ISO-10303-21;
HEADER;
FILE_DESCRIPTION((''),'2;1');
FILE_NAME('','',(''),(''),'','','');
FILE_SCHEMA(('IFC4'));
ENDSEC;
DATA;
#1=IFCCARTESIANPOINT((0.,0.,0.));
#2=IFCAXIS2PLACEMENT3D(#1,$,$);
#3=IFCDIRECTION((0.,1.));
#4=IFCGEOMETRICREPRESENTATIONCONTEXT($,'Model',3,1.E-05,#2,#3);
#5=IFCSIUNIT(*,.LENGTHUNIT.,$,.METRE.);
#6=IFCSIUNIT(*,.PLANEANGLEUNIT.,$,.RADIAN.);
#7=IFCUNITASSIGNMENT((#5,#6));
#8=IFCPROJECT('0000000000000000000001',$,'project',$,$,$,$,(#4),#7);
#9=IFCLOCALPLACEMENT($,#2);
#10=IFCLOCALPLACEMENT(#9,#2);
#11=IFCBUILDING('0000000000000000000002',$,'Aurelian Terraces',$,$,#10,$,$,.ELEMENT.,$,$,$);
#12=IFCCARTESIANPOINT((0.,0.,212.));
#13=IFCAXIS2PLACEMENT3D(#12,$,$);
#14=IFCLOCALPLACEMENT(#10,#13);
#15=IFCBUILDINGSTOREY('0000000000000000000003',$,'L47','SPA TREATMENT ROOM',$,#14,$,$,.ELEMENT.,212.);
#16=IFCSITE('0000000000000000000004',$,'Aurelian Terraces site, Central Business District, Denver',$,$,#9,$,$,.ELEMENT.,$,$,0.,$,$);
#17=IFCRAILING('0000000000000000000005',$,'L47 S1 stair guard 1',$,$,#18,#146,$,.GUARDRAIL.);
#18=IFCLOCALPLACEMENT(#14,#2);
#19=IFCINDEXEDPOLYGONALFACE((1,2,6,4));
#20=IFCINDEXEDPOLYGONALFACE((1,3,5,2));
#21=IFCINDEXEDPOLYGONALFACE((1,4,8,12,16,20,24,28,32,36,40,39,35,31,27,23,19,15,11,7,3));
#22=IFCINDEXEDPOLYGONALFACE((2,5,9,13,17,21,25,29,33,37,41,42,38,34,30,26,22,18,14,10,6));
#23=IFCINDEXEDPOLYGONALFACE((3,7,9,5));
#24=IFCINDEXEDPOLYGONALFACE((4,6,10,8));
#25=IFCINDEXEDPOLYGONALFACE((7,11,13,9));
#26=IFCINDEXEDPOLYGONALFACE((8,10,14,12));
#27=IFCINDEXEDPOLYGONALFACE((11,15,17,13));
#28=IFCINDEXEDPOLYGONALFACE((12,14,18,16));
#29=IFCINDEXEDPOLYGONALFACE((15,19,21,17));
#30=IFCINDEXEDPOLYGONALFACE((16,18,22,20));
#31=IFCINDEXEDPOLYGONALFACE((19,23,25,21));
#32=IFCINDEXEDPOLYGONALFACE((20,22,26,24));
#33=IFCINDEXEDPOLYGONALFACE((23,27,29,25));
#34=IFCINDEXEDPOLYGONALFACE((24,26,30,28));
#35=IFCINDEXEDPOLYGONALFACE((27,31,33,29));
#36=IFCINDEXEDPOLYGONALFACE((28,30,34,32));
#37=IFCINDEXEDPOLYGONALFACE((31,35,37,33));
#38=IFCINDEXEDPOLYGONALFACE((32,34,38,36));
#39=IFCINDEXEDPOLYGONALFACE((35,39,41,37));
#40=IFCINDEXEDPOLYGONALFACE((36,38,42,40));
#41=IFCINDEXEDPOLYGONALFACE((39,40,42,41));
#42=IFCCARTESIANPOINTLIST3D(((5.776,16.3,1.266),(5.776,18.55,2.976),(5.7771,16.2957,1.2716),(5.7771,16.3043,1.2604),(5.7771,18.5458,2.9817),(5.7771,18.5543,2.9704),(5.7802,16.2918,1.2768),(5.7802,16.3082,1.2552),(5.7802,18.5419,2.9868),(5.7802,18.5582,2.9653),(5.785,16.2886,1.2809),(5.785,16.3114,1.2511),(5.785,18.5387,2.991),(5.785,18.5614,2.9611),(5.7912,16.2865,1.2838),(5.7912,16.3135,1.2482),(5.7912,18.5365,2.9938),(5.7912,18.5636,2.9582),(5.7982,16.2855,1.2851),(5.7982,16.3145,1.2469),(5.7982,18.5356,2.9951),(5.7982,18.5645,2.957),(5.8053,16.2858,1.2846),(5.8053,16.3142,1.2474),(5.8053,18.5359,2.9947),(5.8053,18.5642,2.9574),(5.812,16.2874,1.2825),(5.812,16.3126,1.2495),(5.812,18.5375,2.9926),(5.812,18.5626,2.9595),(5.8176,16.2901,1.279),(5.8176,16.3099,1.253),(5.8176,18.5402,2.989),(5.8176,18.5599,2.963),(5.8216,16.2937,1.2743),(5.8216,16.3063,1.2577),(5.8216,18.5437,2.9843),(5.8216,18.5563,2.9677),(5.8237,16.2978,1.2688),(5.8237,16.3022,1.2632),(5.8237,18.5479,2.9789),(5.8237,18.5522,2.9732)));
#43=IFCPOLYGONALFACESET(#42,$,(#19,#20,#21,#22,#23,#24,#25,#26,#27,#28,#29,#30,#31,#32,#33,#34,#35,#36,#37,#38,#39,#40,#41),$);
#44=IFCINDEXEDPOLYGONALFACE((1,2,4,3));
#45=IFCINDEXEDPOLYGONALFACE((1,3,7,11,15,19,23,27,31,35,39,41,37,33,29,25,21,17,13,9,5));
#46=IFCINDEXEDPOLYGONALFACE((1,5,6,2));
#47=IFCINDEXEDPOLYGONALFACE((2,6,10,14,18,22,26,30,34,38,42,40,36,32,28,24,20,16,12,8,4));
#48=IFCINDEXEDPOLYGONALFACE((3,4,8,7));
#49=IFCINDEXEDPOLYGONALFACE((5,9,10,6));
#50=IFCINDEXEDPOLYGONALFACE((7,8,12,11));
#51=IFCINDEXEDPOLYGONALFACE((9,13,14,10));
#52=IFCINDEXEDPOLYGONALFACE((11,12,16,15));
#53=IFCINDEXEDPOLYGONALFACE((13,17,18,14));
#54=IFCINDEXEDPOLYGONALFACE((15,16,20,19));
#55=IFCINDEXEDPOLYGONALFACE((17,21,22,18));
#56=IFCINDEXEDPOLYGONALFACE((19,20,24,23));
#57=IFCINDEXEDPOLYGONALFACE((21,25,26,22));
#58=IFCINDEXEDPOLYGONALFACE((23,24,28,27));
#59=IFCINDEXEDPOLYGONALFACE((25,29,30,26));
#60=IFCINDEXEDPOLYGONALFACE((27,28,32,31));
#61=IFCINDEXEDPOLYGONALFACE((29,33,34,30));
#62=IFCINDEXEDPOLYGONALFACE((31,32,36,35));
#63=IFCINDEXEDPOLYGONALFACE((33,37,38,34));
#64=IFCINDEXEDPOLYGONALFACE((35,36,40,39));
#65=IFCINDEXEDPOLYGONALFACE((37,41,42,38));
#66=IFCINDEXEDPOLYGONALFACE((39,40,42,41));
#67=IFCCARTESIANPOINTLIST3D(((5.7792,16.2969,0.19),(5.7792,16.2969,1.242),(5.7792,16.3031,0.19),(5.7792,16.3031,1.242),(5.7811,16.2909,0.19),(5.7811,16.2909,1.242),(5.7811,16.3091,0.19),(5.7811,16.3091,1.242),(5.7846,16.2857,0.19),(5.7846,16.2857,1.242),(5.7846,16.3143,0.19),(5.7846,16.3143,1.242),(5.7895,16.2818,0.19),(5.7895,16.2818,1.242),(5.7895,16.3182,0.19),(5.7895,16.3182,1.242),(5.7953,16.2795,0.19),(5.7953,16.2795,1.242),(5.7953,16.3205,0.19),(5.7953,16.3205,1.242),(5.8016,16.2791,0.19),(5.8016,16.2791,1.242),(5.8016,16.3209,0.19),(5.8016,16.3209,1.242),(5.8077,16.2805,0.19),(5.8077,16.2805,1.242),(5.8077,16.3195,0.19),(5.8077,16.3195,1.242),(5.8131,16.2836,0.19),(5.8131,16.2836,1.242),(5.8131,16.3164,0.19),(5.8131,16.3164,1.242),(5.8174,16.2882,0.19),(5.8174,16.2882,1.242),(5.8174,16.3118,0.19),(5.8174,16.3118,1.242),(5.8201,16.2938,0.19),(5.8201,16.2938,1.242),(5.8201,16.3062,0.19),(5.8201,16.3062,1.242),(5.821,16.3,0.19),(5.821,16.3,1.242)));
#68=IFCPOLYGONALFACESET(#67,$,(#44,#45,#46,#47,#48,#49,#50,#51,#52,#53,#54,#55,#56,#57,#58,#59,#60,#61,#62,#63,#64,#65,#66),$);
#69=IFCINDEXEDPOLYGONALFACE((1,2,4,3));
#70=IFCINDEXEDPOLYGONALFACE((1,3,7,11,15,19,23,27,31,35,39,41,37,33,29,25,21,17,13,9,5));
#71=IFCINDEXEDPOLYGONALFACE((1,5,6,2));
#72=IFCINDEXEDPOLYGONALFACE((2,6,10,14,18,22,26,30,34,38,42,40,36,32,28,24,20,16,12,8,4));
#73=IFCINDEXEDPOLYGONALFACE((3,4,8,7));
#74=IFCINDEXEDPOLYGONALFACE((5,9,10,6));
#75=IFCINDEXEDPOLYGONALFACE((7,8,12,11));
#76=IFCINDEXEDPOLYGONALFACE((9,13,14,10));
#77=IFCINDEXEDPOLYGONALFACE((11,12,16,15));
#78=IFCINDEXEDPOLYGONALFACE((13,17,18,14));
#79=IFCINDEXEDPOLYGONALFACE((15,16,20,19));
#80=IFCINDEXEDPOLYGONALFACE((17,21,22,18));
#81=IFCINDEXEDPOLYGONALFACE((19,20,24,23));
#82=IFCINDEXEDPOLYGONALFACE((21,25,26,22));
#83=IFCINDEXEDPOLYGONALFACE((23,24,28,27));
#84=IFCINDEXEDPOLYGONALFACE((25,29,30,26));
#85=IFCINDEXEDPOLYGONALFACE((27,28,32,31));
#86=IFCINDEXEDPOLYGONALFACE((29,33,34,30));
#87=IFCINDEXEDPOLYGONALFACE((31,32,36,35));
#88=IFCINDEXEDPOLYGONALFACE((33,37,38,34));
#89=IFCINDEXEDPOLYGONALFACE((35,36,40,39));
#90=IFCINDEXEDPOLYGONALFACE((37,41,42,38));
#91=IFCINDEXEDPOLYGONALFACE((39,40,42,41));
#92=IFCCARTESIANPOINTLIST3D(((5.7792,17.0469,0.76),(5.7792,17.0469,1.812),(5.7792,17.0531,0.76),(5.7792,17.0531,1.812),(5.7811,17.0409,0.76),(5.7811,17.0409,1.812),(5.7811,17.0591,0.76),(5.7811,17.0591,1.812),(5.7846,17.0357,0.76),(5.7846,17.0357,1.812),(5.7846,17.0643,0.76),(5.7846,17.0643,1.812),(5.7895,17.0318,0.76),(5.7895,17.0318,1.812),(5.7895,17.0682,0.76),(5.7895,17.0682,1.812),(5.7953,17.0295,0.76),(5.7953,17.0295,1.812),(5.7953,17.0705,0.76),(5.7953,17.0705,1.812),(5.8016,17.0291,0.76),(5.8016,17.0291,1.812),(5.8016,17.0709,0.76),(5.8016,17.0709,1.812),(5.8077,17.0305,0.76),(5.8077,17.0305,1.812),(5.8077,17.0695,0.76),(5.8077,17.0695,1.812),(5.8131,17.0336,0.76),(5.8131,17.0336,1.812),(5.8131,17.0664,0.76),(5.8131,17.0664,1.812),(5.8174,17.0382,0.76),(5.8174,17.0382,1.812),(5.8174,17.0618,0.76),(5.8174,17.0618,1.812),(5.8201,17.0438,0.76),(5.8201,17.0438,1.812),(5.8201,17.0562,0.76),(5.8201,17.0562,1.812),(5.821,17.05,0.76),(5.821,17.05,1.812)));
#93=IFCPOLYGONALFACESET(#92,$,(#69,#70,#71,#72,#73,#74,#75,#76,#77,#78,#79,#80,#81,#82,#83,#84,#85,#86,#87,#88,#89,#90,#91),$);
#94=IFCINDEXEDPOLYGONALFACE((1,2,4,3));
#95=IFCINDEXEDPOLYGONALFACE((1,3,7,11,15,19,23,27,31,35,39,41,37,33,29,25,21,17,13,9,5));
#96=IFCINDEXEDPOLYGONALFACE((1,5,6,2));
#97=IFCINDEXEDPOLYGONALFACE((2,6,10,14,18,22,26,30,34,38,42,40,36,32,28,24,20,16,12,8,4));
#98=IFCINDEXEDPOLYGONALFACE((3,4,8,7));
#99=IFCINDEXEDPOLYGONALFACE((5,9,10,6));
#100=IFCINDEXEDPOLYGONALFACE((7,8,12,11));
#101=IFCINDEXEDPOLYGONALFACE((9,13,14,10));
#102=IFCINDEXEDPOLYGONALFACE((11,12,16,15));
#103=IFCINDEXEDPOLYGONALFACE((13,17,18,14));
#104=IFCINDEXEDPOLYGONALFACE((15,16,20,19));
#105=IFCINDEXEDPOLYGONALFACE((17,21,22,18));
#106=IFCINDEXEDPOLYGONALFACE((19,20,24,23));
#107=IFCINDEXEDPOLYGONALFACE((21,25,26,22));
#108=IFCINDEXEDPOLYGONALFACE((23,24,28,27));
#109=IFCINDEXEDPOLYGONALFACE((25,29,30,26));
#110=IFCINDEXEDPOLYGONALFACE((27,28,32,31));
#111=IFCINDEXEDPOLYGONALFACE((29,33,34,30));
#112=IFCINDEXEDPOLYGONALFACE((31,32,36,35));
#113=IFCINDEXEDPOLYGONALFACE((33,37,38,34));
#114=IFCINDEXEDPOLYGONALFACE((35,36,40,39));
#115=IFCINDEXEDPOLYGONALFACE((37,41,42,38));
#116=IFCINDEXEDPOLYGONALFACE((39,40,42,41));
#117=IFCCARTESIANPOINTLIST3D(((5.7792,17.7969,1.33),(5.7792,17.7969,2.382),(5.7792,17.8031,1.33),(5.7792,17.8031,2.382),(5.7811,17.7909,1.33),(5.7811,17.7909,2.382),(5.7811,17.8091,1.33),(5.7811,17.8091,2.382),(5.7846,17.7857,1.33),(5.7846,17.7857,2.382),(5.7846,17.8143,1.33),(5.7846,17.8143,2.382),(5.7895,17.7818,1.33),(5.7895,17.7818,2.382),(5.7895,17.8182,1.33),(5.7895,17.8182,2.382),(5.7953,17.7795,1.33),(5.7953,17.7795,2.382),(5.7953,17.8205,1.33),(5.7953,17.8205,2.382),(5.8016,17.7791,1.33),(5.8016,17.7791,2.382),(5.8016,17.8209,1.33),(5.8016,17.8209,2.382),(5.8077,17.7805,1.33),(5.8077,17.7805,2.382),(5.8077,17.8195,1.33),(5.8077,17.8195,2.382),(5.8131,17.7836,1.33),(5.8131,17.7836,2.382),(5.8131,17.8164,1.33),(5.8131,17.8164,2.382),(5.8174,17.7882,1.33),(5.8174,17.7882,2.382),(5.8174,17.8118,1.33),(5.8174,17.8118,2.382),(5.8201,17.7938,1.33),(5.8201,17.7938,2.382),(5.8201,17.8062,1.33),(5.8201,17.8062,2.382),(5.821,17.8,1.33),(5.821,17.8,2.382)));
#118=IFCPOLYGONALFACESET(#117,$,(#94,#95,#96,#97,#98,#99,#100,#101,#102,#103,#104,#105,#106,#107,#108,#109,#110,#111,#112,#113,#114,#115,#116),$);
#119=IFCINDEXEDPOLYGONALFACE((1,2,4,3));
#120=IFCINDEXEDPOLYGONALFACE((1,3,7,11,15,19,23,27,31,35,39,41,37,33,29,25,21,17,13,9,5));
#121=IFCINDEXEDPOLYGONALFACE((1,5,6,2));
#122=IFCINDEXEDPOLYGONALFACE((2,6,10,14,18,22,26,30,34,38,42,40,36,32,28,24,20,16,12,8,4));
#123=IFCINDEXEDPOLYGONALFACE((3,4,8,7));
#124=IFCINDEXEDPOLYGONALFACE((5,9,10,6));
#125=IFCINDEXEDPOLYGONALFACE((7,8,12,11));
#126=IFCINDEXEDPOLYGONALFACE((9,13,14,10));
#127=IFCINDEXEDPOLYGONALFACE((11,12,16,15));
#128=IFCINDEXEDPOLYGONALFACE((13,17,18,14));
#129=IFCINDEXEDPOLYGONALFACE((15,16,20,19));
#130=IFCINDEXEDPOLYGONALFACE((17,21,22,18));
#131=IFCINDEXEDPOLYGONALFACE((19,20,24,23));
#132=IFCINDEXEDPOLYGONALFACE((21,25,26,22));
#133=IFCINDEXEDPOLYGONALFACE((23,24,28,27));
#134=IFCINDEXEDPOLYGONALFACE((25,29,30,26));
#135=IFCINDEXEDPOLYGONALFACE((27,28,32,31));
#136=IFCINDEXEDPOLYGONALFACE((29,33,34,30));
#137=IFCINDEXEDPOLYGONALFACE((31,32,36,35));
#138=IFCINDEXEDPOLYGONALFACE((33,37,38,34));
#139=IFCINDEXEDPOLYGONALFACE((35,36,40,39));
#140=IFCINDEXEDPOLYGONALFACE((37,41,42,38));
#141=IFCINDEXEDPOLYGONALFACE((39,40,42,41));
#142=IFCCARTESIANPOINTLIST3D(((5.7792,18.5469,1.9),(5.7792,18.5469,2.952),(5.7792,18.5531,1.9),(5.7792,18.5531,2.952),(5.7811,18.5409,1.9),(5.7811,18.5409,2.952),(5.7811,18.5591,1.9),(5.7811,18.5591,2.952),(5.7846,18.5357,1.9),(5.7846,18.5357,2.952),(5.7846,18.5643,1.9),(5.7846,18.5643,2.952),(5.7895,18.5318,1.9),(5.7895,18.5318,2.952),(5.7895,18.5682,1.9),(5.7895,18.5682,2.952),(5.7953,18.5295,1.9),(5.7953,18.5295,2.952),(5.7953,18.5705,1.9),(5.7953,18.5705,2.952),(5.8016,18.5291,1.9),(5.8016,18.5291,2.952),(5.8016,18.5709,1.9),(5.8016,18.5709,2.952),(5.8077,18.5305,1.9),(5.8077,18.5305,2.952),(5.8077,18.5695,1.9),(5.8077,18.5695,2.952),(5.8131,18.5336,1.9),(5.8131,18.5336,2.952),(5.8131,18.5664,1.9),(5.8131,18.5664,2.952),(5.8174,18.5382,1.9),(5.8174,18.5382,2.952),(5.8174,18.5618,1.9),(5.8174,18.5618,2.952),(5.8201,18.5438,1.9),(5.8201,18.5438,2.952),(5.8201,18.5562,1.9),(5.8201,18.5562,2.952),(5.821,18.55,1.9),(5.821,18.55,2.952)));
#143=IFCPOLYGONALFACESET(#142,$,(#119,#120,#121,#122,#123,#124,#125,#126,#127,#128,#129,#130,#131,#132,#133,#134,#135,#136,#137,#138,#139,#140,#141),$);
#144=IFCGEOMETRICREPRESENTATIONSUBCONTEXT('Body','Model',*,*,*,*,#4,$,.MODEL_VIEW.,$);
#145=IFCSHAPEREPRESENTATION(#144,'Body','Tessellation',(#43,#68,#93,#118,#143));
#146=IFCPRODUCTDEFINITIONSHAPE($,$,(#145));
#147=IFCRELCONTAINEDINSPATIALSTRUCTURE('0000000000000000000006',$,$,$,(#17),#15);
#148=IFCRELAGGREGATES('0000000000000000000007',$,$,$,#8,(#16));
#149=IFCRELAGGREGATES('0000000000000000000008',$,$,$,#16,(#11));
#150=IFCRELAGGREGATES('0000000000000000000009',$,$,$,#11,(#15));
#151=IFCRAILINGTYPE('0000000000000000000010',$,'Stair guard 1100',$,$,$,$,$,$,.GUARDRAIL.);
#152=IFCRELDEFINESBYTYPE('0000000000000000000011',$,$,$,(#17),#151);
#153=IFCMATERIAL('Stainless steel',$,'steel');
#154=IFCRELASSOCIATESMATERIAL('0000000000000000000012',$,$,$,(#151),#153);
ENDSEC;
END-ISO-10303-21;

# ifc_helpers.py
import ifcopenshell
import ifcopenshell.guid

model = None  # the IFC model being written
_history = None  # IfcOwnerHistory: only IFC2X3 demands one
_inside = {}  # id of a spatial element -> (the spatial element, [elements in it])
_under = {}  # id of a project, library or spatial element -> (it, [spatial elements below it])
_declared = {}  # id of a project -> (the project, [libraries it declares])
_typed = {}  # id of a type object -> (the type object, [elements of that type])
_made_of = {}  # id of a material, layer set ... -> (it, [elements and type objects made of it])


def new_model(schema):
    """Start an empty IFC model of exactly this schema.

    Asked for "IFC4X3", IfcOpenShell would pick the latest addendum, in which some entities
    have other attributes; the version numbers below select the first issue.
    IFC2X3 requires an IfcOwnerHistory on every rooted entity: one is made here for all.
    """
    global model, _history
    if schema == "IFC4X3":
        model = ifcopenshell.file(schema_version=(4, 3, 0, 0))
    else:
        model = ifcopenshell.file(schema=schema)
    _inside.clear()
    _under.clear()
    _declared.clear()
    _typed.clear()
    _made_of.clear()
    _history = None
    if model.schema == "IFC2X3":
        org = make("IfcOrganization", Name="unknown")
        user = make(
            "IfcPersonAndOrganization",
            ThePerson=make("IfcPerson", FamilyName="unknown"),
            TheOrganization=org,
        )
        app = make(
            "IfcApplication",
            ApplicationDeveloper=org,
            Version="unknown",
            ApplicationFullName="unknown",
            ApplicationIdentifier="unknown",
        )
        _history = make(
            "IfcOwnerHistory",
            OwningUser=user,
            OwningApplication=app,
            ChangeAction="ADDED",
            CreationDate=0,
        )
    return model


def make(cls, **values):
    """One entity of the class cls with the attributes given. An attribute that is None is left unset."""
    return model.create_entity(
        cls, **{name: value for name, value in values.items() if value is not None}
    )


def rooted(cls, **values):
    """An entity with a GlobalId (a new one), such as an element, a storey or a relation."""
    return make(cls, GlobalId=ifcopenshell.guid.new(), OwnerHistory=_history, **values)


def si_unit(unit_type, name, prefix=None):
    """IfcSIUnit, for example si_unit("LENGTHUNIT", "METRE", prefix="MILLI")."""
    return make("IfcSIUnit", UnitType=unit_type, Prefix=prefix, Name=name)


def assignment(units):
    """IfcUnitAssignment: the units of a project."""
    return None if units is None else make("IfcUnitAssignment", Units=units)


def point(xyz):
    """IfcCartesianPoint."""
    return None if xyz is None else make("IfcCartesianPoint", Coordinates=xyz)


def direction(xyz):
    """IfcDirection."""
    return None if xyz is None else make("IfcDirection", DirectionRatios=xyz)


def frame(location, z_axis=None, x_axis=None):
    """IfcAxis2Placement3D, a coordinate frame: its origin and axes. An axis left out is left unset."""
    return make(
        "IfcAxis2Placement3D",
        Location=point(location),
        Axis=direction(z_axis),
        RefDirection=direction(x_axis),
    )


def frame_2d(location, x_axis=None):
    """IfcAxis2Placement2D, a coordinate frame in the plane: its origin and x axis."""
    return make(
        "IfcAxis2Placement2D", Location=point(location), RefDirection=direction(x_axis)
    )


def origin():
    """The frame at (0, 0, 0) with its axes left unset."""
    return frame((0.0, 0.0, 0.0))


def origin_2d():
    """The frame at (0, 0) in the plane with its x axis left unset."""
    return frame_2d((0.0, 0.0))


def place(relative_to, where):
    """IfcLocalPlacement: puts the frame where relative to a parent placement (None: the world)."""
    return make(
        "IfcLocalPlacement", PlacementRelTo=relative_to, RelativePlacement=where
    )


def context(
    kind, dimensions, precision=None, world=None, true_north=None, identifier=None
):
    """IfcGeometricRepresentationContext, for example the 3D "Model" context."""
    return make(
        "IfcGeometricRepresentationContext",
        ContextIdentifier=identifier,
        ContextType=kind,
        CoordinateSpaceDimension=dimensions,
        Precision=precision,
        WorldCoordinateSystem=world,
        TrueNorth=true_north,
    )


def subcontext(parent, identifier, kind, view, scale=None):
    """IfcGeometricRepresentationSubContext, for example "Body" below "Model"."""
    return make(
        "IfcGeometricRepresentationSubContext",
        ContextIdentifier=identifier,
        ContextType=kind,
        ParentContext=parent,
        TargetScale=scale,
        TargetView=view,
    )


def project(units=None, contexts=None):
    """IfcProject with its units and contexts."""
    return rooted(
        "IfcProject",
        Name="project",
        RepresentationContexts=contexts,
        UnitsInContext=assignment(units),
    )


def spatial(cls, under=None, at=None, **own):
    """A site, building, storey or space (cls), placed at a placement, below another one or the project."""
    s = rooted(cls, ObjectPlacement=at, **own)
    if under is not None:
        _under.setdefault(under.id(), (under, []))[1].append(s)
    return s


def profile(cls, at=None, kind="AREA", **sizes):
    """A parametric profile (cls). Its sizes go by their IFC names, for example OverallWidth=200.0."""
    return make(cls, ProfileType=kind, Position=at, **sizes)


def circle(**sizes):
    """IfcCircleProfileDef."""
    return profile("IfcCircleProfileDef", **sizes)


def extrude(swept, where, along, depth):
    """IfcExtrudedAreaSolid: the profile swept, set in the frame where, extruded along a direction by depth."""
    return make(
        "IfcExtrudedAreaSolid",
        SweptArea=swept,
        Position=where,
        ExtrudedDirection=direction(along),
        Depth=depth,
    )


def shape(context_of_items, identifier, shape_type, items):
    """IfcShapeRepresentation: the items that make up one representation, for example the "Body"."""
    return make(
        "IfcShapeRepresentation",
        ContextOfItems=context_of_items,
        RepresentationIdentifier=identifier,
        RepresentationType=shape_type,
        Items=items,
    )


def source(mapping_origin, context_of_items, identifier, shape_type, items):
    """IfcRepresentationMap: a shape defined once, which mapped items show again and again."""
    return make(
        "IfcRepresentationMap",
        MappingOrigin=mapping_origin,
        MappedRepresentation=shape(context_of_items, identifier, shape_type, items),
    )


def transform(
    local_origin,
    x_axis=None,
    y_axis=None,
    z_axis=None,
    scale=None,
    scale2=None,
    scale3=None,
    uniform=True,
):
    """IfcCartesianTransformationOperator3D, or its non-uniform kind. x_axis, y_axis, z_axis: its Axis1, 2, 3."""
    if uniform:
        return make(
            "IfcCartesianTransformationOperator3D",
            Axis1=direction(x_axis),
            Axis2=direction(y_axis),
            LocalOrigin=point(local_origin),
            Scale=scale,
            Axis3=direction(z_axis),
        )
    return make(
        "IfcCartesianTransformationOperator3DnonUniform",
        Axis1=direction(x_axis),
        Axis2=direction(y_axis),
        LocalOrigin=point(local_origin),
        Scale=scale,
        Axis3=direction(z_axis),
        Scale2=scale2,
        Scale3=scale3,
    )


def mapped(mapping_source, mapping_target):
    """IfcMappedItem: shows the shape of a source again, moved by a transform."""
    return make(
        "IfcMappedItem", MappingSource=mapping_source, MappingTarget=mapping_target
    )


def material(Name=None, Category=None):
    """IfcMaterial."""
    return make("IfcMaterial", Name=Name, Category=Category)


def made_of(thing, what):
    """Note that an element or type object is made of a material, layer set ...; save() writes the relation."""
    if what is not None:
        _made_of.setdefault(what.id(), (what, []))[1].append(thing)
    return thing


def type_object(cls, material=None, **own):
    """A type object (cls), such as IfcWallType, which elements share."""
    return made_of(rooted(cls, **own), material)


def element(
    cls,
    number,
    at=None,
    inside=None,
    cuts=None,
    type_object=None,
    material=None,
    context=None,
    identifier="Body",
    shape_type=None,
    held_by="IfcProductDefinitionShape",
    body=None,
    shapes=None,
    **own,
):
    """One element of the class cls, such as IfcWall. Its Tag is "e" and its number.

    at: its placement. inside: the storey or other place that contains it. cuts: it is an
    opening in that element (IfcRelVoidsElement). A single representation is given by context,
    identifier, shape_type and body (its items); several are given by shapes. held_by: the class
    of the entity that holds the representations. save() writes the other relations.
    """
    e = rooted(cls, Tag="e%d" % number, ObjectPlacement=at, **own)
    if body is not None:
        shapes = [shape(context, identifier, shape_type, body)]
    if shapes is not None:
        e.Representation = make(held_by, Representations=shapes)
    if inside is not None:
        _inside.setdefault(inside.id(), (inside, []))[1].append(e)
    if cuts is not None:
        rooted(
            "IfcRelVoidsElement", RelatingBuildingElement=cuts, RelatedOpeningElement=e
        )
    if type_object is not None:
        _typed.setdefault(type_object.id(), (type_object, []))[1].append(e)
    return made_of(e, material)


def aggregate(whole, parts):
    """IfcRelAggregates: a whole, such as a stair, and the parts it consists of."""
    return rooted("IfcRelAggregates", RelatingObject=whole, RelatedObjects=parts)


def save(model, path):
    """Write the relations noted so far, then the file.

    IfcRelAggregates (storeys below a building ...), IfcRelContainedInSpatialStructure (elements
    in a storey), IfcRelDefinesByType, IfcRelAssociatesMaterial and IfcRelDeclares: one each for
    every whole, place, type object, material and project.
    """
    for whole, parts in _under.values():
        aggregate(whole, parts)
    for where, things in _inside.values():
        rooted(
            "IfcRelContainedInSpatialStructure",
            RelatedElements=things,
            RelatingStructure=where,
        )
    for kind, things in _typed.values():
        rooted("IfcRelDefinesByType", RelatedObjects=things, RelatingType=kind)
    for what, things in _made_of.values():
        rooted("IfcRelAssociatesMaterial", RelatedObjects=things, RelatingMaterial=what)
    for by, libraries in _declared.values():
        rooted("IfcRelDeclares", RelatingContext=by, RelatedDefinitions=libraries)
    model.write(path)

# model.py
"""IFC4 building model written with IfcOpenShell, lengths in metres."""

from ifc_helpers import new_model, si_unit, direction, frame, origin, origin_2d, place, context, subcontext, project, spatial, circle, extrude, source, transform, mapped, material, type_object, element, save


model = new_model("IFC4")

# Units and contexts
model_context = context("Model", 3, precision=1e-05, world=origin(), true_north=direction((0.0, 1.0)))
body_context = subcontext(model_context, "Body", "Model", "MODEL_VIEW")
ifc_project = project(units=[si_unit("LENGTHUNIT", "METRE"), si_unit("PLANEANGLEUNIT", "RADIAN")], contexts=[model_context])

# Site, building, storey
site_placement = place(None, origin())
site = spatial("IfcSite", under=ifc_project, at=site_placement, Name="Aurelian Terraces site, Central Business District, Denver", CompositionType="ELEMENT", RefElevation=0.0)
building_placement = place(site_placement, origin())
building = spatial("IfcBuilding", under=site, at=building_placement, Name="Aurelian Terraces", CompositionType="ELEMENT")
storey_placement = place(building_placement, frame((0.0, 0.0, 212.0)))
storey = spatial("IfcBuildingStorey", under=building, at=storey_placement, Name="L47", Description="SPA TREATMENT ROOM", CompositionType="ELEMENT", Elevation=212.0)

# Railing
ifc_material_1 = material(Name="Stainless steel", Category="steel")
railing_type_1 = type_object("IfcRailingType", Name="Stair guard 1100", PredefinedType="GUARDRAIL", material=ifc_material_1)
shared_shape_1 = source(origin(), body_context, "Body", "SweptSolid", [
    extrude(circle(Radius=0.024, at=origin_2d()), frame((0.0, 0.0, 1.076), z_axis=(0.0, 0.796162, 0.605083), x_axis=(-1.0, 0.0, 0.0)), (0.0, 0.0, 1.0), 2.8261),
    extrude(circle(Radius=0.021, at=origin_2d()), origin(), (0.0, 0.0, 1.0), 1.052),
    extrude(circle(Radius=0.021, at=origin_2d()), frame((0.0, 0.75, 0.57)), (0.0, 0.0, 1.0), 1.052),
    extrude(circle(Radius=0.021, at=origin_2d()), frame((0.0, 1.5, 1.14)), (0.0, 0.0, 1.0), 1.052),
    extrude(circle(Radius=0.021, at=origin_2d()), frame((0.0, 2.25, 1.71)), (0.0, 0.0, 1.0), 1.052),
])
railing_1_placement = place(storey_placement, frame((5.8, 16.3, 0.19)))
element("IfcRailing", 1, at=railing_1_placement, inside=storey, type_object=railing_type_1, Name="L47 S1 stair guard 1", PredefinedType="GUARDRAIL", context=body_context, shape_type="MappedRepresentation", body=[
    mapped(shared_shape_1, transform((0.0, 0.0, 0.0), scale=1.0)),
])

save(model, "model.ifc")
